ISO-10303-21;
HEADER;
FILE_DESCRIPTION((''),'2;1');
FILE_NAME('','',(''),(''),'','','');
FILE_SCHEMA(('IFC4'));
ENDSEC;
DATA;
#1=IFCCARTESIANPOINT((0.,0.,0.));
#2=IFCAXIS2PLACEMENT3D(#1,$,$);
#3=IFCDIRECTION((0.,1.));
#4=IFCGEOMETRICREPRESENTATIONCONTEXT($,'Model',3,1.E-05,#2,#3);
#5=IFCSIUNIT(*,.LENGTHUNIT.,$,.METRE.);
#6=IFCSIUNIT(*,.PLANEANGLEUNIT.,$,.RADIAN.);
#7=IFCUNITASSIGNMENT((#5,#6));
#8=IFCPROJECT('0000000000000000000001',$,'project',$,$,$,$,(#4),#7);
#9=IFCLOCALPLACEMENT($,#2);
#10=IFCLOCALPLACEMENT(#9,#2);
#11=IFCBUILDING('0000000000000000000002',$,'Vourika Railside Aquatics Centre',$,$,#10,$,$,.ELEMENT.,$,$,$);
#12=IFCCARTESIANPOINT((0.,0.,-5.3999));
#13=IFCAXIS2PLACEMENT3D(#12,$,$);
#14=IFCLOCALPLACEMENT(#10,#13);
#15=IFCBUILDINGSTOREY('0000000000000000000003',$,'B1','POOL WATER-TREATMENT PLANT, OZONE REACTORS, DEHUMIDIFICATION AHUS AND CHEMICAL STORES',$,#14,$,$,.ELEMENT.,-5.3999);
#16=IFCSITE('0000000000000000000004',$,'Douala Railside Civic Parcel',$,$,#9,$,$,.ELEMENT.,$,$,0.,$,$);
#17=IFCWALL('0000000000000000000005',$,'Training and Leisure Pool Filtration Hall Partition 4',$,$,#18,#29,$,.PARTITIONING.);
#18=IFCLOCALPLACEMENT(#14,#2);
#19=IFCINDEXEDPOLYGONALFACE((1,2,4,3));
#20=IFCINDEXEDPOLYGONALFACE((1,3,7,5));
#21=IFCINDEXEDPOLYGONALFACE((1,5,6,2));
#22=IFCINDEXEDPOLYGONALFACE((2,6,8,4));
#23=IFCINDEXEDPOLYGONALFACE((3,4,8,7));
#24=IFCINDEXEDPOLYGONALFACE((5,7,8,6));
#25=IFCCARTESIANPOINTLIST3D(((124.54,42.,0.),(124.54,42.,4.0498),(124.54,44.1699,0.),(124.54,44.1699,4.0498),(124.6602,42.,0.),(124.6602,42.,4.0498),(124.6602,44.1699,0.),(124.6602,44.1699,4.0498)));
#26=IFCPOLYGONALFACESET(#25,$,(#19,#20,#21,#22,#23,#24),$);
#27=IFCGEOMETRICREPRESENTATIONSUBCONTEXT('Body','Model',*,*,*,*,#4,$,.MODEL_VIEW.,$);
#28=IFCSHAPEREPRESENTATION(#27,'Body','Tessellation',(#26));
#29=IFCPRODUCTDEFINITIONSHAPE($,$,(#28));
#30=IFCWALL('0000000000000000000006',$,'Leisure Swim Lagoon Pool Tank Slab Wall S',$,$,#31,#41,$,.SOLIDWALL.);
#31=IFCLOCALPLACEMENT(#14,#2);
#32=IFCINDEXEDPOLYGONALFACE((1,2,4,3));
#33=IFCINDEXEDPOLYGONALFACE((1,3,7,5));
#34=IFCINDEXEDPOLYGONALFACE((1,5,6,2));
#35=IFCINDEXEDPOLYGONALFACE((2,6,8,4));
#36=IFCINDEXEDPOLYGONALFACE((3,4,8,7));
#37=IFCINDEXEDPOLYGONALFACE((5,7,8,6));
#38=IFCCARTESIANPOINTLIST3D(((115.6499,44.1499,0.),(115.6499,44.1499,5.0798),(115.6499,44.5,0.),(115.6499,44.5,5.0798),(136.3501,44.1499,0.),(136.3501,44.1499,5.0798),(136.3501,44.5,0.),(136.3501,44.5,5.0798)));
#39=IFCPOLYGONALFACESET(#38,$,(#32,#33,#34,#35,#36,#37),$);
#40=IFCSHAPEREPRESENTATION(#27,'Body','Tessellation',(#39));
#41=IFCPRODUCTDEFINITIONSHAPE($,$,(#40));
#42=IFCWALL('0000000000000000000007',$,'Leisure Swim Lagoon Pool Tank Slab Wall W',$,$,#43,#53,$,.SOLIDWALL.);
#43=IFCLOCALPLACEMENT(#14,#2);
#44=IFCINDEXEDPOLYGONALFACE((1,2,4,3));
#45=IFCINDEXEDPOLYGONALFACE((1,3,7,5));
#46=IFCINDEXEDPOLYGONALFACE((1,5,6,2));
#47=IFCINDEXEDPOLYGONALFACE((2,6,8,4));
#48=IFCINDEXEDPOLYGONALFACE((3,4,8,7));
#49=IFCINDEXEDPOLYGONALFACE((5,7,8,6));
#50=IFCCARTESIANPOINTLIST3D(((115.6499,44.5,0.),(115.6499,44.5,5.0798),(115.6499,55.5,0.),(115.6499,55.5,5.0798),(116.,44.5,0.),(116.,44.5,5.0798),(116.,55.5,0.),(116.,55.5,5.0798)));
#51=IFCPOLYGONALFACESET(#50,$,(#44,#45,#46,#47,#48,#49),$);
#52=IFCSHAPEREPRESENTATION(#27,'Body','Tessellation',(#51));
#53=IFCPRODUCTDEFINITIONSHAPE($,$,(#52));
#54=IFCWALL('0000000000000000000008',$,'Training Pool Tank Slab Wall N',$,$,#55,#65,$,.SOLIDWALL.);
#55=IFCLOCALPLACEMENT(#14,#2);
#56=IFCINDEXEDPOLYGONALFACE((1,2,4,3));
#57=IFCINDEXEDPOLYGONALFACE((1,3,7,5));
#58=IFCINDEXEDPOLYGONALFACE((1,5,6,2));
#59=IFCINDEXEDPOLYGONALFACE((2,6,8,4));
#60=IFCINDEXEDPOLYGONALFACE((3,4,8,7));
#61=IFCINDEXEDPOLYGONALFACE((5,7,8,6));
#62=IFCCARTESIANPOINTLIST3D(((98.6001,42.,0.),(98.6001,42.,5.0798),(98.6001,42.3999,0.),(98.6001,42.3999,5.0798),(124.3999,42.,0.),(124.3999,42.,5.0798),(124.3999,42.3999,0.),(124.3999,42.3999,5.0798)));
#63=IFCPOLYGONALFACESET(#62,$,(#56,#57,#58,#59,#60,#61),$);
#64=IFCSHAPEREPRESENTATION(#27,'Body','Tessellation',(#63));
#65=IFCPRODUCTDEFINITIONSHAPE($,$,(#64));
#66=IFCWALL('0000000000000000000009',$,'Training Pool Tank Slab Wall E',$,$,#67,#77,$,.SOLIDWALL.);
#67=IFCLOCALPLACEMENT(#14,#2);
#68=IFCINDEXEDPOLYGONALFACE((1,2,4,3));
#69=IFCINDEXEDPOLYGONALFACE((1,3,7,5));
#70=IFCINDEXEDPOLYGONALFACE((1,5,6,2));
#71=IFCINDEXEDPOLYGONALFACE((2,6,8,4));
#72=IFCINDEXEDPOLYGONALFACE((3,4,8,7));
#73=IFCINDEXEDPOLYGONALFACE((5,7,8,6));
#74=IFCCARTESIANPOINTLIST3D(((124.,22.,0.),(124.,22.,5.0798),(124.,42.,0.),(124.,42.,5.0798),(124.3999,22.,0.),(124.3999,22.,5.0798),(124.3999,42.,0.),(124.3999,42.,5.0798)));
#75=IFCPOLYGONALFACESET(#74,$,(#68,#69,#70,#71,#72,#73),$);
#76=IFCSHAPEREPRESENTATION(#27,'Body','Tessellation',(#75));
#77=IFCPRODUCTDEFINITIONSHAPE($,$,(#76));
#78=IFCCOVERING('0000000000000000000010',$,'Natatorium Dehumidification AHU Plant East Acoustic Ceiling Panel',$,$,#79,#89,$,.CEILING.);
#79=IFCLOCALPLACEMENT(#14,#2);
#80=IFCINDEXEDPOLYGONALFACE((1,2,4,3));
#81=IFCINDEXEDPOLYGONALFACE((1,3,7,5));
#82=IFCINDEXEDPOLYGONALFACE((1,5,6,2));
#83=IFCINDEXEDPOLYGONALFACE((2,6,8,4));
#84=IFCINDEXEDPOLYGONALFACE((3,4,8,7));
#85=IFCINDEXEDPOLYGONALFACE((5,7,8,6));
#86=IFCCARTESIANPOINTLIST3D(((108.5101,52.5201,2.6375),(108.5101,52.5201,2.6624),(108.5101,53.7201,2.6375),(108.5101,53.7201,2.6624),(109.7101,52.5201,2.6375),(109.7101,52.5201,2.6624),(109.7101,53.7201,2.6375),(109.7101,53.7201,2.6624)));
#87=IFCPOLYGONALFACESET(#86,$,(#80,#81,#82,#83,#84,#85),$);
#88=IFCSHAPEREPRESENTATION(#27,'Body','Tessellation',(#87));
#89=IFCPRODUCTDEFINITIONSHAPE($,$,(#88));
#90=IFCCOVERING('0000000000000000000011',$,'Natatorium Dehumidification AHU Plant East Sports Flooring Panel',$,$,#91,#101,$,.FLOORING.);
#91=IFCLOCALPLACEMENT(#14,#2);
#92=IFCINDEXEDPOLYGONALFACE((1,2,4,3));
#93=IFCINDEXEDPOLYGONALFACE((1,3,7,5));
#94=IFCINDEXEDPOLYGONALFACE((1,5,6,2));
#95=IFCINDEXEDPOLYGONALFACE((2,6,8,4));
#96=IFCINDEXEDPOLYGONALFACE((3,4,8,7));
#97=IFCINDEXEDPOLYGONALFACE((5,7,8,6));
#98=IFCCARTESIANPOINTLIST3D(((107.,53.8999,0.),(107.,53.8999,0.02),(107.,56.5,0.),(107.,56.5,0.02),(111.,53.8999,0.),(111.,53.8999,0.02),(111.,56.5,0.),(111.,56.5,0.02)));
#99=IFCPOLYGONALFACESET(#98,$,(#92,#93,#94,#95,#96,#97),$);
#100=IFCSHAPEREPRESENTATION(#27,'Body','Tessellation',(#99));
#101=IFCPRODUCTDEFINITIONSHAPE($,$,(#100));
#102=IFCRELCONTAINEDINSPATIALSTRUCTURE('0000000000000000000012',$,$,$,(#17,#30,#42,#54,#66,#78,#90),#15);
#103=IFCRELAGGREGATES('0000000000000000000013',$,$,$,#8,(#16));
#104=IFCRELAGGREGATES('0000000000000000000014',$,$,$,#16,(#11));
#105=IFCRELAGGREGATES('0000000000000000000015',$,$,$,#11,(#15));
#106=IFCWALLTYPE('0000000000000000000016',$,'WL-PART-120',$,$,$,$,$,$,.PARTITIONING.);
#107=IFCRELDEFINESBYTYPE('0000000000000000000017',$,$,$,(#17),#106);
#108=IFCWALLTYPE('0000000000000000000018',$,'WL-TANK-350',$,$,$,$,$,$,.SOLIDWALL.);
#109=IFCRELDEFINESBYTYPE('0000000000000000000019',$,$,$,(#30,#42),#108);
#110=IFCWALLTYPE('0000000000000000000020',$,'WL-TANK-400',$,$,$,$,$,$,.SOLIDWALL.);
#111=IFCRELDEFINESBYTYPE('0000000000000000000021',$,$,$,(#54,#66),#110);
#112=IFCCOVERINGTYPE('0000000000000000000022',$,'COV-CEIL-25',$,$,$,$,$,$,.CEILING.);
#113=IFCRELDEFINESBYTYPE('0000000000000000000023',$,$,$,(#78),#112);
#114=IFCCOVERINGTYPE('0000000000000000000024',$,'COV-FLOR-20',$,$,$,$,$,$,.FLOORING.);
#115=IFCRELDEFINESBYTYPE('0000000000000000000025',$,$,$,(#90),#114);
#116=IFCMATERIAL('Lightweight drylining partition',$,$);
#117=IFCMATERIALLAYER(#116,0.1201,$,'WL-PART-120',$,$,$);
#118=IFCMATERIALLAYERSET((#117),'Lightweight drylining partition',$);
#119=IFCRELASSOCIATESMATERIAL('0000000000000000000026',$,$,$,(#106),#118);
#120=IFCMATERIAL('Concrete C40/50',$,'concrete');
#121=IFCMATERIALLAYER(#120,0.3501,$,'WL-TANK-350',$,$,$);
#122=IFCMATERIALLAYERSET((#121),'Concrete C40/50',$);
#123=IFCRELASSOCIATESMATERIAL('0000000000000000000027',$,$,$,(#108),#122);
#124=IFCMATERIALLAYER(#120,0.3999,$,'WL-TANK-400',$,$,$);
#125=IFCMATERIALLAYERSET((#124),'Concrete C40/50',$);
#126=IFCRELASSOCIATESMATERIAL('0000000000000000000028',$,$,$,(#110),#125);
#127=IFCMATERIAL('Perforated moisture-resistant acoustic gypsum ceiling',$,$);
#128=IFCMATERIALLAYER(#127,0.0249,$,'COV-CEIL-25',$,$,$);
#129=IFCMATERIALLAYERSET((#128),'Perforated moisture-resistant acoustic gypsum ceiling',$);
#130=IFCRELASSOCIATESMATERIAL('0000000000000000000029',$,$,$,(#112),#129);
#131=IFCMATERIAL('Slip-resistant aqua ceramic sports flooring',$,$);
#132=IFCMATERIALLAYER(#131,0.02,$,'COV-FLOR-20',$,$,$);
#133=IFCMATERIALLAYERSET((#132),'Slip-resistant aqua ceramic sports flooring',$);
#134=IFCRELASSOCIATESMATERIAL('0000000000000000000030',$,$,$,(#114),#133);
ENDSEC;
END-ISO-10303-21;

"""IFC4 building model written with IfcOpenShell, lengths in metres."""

from ifc_helpers import new_model, si_unit, direction, frame, frame_2d, origin, origin_2d, place, context, subcontext, project, spatial, rectangle, extrude, material, layer, layer_set, type_object, element, save


model = new_model("IFC4")

# Units and contexts
model_context = context("Model", 3, precision=1e-05, world=origin(), true_north=direction((0.0, 1.0)))
body_context = subcontext(model_context, "Body", "Model", "MODEL_VIEW")
ifc_project = project(units=[si_unit("LENGTHUNIT", "METRE"), si_unit("PLANEANGLEUNIT", "RADIAN")], contexts=[model_context])

# Site, building, storey
site_placement = place(None, origin())
site = spatial("IfcSite", under=ifc_project, at=site_placement, Name="Douala Railside Civic Parcel", CompositionType="ELEMENT", RefElevation=0.0)
building_placement = place(site_placement, origin())
building = spatial("IfcBuilding", under=site, at=building_placement, Name="Vourika Railside Aquatics Centre", CompositionType="ELEMENT")
storey_placement = place(building_placement, frame((0.0, 0.0, -5.3999)))
storey = spatial("IfcBuildingStorey", under=building, at=storey_placement, Name="B1", Description="POOL WATER-TREATMENT PLANT, OZONE REACTORS, DEHUMIDIFICATION AHUS AND CHEMICAL STORES", CompositionType="ELEMENT", Elevation=-5.3999)

# Shared definitions
ifc_material_1 = material(Name="Concrete C40/50", Category="concrete")

# Walls
ifc_material_2 = material(Name="Lightweight drylining partition")
ifc_layer_1 = layer(ifc_material_2, 0.1201, Name="WL-PART-120")
ifc_layer_set_1 = layer_set([ifc_layer_1], Name="Lightweight drylining partition")
wall_type_1 = type_object("IfcWallType", Name="WL-PART-120", PredefinedType="PARTITIONING", material=ifc_layer_set_1)
wall_1_placement = place(storey_placement, frame((124.6001, 42.0, 0.0), z_axis=(0.0, 0.0, 1.0), x_axis=(0.0, 1.0, 0.0)))
element("IfcWall", 1, at=wall_1_placement, inside=storey, type_object=wall_type_1, Name="Training and Leisure Pool Filtration Hall Partition 4", PredefinedType="PARTITIONING", context=body_context, shape_type="SweptSolid", body=[
    extrude(rectangle(XDim=2.1699, YDim=0.1201, at=frame_2d((1.085, 0.0))), origin(), (0.0, 0.0, 1.0), 4.0498),
])
ifc_layer_2 = layer(ifc_material_1, 0.3501, Name="WL-TANK-350")
ifc_layer_set_2 = layer_set([ifc_layer_2], Name="Concrete C40/50")
wall_type_2 = type_object("IfcWallType", Name="WL-TANK-350", PredefinedType="SOLIDWALL", material=ifc_layer_set_2)
wall_2_placement = place(storey_placement, frame((115.6499, 44.325, 0.0), z_axis=(0.0, 0.0, 1.0), x_axis=(1.0, 0.0, 0.0)))
element("IfcWall", 2, at=wall_2_placement, inside=storey, type_object=wall_type_2, Name="Leisure Swim Lagoon Pool Tank Slab Wall S", PredefinedType="SOLIDWALL", context=body_context, shape_type="SweptSolid", body=[
    extrude(rectangle(XDim=20.7002, YDim=0.3501, at=frame_2d((10.3501, 0.0))), origin(), (0.0, 0.0, 1.0), 5.0798),
])
wall_3_placement = place(storey_placement, frame((115.825, 55.5, 0.0), z_axis=(0.0, 0.0, 1.0), x_axis=(0.0, -1.0, 0.0)))
element("IfcWall", 3, at=wall_3_placement, inside=storey, type_object=wall_type_2, Name="Leisure Swim Lagoon Pool Tank Slab Wall W", PredefinedType="SOLIDWALL", context=body_context, shape_type="SweptSolid", body=[
    extrude(rectangle(XDim=11.0, YDim=0.3501, at=frame_2d((5.5, 0.0))), origin(), (0.0, 0.0, 1.0), 5.0798),
])
ifc_layer_3 = layer(ifc_material_1, 0.3999, Name="WL-TANK-400")
ifc_layer_set_3 = layer_set([ifc_layer_3], Name="Concrete C40/50")
wall_type_3 = type_object("IfcWallType", Name="WL-TANK-400", PredefinedType="SOLIDWALL", material=ifc_layer_set_3)
wall_4_placement = place(storey_placement, frame((124.3999, 42.2, 0.0), z_axis=(0.0, 0.0, 1.0), x_axis=(-1.0, 0.0, 0.0)))
element("IfcWall", 4, at=wall_4_placement, inside=storey, type_object=wall_type_3, Name="Training Pool Tank Slab Wall N", PredefinedType="SOLIDWALL", context=body_context, shape_type="SweptSolid", body=[
    extrude(rectangle(XDim=25.7998, YDim=0.3999, at=frame_2d((12.8999, 0.0))), origin(), (0.0, 0.0, 1.0), 5.0798),
])
wall_5_placement = place(storey_placement, frame((124.2, 22.0, 0.0), z_axis=(0.0, 0.0, 1.0), x_axis=(0.0, 1.0, 0.0)))
element("IfcWall", 5, at=wall_5_placement, inside=storey, type_object=wall_type_3, Name="Training Pool Tank Slab Wall E", PredefinedType="SOLIDWALL", context=body_context, shape_type="SweptSolid", body=[
    extrude(rectangle(XDim=20.0, YDim=0.3999, at=frame_2d((10.0, 0.0))), origin(), (0.0, 0.0, 1.0), 5.0798),
])

# Coverings
ifc_material_3 = material(Name="Perforated moisture-resistant acoustic gypsum ceiling")
ifc_layer_4 = layer(ifc_material_3, 0.0249, Name="COV-CEIL-25")
ifc_layer_set_4 = layer_set([ifc_layer_4], Name="Perforated moisture-resistant acoustic gypsum ceiling")
covering_type_1 = type_object("IfcCoveringType", Name="COV-CEIL-25", PredefinedType="CEILING", material=ifc_layer_set_4)
covering_1_placement = place(storey_placement, frame((109.1101, 53.1201, 2.6375), z_axis=(0.0, 0.0, 1.0), x_axis=(1.0, 0.0, 0.0)))
element("IfcCovering", 6, at=covering_1_placement, inside=storey, type_object=covering_type_1, Name="Natatorium Dehumidification AHU Plant East Acoustic Ceiling Panel", PredefinedType="CEILING", context=body_context, shape_type="SweptSolid", body=[
    extrude(rectangle(XDim=1.2, YDim=1.2, at=origin_2d()), origin(), (0.0, 0.0, 1.0), 0.0249),
])
ifc_material_4 = material(Name="Slip-resistant aqua ceramic sports flooring")
ifc_layer_5 = layer(ifc_material_4, 0.02, Name="COV-FLOR-20")
ifc_layer_set_5 = layer_set([ifc_layer_5], Name="Slip-resistant aqua ceramic sports flooring")
covering_type_2 = type_object("IfcCoveringType", Name="COV-FLOR-20", PredefinedType="FLOORING", material=ifc_layer_set_5)
covering_2_placement = place(storey_placement, frame((109.0, 55.2, 0.0), z_axis=(0.0, 0.0, 1.0), x_axis=(1.0, 0.0, 0.0)))
element("IfcCovering", 7, at=covering_2_placement, inside=storey, type_object=covering_type_2, Name="Natatorium Dehumidification AHU Plant East Sports Flooring Panel", PredefinedType="FLOORING", context=body_context, shape_type="SweptSolid", body=[
    extrude(rectangle(XDim=4.0, YDim=2.6001, at=origin_2d()), origin(), (0.0, 0.0, 1.0), 0.02),
])

save(model, "model.ifc")
